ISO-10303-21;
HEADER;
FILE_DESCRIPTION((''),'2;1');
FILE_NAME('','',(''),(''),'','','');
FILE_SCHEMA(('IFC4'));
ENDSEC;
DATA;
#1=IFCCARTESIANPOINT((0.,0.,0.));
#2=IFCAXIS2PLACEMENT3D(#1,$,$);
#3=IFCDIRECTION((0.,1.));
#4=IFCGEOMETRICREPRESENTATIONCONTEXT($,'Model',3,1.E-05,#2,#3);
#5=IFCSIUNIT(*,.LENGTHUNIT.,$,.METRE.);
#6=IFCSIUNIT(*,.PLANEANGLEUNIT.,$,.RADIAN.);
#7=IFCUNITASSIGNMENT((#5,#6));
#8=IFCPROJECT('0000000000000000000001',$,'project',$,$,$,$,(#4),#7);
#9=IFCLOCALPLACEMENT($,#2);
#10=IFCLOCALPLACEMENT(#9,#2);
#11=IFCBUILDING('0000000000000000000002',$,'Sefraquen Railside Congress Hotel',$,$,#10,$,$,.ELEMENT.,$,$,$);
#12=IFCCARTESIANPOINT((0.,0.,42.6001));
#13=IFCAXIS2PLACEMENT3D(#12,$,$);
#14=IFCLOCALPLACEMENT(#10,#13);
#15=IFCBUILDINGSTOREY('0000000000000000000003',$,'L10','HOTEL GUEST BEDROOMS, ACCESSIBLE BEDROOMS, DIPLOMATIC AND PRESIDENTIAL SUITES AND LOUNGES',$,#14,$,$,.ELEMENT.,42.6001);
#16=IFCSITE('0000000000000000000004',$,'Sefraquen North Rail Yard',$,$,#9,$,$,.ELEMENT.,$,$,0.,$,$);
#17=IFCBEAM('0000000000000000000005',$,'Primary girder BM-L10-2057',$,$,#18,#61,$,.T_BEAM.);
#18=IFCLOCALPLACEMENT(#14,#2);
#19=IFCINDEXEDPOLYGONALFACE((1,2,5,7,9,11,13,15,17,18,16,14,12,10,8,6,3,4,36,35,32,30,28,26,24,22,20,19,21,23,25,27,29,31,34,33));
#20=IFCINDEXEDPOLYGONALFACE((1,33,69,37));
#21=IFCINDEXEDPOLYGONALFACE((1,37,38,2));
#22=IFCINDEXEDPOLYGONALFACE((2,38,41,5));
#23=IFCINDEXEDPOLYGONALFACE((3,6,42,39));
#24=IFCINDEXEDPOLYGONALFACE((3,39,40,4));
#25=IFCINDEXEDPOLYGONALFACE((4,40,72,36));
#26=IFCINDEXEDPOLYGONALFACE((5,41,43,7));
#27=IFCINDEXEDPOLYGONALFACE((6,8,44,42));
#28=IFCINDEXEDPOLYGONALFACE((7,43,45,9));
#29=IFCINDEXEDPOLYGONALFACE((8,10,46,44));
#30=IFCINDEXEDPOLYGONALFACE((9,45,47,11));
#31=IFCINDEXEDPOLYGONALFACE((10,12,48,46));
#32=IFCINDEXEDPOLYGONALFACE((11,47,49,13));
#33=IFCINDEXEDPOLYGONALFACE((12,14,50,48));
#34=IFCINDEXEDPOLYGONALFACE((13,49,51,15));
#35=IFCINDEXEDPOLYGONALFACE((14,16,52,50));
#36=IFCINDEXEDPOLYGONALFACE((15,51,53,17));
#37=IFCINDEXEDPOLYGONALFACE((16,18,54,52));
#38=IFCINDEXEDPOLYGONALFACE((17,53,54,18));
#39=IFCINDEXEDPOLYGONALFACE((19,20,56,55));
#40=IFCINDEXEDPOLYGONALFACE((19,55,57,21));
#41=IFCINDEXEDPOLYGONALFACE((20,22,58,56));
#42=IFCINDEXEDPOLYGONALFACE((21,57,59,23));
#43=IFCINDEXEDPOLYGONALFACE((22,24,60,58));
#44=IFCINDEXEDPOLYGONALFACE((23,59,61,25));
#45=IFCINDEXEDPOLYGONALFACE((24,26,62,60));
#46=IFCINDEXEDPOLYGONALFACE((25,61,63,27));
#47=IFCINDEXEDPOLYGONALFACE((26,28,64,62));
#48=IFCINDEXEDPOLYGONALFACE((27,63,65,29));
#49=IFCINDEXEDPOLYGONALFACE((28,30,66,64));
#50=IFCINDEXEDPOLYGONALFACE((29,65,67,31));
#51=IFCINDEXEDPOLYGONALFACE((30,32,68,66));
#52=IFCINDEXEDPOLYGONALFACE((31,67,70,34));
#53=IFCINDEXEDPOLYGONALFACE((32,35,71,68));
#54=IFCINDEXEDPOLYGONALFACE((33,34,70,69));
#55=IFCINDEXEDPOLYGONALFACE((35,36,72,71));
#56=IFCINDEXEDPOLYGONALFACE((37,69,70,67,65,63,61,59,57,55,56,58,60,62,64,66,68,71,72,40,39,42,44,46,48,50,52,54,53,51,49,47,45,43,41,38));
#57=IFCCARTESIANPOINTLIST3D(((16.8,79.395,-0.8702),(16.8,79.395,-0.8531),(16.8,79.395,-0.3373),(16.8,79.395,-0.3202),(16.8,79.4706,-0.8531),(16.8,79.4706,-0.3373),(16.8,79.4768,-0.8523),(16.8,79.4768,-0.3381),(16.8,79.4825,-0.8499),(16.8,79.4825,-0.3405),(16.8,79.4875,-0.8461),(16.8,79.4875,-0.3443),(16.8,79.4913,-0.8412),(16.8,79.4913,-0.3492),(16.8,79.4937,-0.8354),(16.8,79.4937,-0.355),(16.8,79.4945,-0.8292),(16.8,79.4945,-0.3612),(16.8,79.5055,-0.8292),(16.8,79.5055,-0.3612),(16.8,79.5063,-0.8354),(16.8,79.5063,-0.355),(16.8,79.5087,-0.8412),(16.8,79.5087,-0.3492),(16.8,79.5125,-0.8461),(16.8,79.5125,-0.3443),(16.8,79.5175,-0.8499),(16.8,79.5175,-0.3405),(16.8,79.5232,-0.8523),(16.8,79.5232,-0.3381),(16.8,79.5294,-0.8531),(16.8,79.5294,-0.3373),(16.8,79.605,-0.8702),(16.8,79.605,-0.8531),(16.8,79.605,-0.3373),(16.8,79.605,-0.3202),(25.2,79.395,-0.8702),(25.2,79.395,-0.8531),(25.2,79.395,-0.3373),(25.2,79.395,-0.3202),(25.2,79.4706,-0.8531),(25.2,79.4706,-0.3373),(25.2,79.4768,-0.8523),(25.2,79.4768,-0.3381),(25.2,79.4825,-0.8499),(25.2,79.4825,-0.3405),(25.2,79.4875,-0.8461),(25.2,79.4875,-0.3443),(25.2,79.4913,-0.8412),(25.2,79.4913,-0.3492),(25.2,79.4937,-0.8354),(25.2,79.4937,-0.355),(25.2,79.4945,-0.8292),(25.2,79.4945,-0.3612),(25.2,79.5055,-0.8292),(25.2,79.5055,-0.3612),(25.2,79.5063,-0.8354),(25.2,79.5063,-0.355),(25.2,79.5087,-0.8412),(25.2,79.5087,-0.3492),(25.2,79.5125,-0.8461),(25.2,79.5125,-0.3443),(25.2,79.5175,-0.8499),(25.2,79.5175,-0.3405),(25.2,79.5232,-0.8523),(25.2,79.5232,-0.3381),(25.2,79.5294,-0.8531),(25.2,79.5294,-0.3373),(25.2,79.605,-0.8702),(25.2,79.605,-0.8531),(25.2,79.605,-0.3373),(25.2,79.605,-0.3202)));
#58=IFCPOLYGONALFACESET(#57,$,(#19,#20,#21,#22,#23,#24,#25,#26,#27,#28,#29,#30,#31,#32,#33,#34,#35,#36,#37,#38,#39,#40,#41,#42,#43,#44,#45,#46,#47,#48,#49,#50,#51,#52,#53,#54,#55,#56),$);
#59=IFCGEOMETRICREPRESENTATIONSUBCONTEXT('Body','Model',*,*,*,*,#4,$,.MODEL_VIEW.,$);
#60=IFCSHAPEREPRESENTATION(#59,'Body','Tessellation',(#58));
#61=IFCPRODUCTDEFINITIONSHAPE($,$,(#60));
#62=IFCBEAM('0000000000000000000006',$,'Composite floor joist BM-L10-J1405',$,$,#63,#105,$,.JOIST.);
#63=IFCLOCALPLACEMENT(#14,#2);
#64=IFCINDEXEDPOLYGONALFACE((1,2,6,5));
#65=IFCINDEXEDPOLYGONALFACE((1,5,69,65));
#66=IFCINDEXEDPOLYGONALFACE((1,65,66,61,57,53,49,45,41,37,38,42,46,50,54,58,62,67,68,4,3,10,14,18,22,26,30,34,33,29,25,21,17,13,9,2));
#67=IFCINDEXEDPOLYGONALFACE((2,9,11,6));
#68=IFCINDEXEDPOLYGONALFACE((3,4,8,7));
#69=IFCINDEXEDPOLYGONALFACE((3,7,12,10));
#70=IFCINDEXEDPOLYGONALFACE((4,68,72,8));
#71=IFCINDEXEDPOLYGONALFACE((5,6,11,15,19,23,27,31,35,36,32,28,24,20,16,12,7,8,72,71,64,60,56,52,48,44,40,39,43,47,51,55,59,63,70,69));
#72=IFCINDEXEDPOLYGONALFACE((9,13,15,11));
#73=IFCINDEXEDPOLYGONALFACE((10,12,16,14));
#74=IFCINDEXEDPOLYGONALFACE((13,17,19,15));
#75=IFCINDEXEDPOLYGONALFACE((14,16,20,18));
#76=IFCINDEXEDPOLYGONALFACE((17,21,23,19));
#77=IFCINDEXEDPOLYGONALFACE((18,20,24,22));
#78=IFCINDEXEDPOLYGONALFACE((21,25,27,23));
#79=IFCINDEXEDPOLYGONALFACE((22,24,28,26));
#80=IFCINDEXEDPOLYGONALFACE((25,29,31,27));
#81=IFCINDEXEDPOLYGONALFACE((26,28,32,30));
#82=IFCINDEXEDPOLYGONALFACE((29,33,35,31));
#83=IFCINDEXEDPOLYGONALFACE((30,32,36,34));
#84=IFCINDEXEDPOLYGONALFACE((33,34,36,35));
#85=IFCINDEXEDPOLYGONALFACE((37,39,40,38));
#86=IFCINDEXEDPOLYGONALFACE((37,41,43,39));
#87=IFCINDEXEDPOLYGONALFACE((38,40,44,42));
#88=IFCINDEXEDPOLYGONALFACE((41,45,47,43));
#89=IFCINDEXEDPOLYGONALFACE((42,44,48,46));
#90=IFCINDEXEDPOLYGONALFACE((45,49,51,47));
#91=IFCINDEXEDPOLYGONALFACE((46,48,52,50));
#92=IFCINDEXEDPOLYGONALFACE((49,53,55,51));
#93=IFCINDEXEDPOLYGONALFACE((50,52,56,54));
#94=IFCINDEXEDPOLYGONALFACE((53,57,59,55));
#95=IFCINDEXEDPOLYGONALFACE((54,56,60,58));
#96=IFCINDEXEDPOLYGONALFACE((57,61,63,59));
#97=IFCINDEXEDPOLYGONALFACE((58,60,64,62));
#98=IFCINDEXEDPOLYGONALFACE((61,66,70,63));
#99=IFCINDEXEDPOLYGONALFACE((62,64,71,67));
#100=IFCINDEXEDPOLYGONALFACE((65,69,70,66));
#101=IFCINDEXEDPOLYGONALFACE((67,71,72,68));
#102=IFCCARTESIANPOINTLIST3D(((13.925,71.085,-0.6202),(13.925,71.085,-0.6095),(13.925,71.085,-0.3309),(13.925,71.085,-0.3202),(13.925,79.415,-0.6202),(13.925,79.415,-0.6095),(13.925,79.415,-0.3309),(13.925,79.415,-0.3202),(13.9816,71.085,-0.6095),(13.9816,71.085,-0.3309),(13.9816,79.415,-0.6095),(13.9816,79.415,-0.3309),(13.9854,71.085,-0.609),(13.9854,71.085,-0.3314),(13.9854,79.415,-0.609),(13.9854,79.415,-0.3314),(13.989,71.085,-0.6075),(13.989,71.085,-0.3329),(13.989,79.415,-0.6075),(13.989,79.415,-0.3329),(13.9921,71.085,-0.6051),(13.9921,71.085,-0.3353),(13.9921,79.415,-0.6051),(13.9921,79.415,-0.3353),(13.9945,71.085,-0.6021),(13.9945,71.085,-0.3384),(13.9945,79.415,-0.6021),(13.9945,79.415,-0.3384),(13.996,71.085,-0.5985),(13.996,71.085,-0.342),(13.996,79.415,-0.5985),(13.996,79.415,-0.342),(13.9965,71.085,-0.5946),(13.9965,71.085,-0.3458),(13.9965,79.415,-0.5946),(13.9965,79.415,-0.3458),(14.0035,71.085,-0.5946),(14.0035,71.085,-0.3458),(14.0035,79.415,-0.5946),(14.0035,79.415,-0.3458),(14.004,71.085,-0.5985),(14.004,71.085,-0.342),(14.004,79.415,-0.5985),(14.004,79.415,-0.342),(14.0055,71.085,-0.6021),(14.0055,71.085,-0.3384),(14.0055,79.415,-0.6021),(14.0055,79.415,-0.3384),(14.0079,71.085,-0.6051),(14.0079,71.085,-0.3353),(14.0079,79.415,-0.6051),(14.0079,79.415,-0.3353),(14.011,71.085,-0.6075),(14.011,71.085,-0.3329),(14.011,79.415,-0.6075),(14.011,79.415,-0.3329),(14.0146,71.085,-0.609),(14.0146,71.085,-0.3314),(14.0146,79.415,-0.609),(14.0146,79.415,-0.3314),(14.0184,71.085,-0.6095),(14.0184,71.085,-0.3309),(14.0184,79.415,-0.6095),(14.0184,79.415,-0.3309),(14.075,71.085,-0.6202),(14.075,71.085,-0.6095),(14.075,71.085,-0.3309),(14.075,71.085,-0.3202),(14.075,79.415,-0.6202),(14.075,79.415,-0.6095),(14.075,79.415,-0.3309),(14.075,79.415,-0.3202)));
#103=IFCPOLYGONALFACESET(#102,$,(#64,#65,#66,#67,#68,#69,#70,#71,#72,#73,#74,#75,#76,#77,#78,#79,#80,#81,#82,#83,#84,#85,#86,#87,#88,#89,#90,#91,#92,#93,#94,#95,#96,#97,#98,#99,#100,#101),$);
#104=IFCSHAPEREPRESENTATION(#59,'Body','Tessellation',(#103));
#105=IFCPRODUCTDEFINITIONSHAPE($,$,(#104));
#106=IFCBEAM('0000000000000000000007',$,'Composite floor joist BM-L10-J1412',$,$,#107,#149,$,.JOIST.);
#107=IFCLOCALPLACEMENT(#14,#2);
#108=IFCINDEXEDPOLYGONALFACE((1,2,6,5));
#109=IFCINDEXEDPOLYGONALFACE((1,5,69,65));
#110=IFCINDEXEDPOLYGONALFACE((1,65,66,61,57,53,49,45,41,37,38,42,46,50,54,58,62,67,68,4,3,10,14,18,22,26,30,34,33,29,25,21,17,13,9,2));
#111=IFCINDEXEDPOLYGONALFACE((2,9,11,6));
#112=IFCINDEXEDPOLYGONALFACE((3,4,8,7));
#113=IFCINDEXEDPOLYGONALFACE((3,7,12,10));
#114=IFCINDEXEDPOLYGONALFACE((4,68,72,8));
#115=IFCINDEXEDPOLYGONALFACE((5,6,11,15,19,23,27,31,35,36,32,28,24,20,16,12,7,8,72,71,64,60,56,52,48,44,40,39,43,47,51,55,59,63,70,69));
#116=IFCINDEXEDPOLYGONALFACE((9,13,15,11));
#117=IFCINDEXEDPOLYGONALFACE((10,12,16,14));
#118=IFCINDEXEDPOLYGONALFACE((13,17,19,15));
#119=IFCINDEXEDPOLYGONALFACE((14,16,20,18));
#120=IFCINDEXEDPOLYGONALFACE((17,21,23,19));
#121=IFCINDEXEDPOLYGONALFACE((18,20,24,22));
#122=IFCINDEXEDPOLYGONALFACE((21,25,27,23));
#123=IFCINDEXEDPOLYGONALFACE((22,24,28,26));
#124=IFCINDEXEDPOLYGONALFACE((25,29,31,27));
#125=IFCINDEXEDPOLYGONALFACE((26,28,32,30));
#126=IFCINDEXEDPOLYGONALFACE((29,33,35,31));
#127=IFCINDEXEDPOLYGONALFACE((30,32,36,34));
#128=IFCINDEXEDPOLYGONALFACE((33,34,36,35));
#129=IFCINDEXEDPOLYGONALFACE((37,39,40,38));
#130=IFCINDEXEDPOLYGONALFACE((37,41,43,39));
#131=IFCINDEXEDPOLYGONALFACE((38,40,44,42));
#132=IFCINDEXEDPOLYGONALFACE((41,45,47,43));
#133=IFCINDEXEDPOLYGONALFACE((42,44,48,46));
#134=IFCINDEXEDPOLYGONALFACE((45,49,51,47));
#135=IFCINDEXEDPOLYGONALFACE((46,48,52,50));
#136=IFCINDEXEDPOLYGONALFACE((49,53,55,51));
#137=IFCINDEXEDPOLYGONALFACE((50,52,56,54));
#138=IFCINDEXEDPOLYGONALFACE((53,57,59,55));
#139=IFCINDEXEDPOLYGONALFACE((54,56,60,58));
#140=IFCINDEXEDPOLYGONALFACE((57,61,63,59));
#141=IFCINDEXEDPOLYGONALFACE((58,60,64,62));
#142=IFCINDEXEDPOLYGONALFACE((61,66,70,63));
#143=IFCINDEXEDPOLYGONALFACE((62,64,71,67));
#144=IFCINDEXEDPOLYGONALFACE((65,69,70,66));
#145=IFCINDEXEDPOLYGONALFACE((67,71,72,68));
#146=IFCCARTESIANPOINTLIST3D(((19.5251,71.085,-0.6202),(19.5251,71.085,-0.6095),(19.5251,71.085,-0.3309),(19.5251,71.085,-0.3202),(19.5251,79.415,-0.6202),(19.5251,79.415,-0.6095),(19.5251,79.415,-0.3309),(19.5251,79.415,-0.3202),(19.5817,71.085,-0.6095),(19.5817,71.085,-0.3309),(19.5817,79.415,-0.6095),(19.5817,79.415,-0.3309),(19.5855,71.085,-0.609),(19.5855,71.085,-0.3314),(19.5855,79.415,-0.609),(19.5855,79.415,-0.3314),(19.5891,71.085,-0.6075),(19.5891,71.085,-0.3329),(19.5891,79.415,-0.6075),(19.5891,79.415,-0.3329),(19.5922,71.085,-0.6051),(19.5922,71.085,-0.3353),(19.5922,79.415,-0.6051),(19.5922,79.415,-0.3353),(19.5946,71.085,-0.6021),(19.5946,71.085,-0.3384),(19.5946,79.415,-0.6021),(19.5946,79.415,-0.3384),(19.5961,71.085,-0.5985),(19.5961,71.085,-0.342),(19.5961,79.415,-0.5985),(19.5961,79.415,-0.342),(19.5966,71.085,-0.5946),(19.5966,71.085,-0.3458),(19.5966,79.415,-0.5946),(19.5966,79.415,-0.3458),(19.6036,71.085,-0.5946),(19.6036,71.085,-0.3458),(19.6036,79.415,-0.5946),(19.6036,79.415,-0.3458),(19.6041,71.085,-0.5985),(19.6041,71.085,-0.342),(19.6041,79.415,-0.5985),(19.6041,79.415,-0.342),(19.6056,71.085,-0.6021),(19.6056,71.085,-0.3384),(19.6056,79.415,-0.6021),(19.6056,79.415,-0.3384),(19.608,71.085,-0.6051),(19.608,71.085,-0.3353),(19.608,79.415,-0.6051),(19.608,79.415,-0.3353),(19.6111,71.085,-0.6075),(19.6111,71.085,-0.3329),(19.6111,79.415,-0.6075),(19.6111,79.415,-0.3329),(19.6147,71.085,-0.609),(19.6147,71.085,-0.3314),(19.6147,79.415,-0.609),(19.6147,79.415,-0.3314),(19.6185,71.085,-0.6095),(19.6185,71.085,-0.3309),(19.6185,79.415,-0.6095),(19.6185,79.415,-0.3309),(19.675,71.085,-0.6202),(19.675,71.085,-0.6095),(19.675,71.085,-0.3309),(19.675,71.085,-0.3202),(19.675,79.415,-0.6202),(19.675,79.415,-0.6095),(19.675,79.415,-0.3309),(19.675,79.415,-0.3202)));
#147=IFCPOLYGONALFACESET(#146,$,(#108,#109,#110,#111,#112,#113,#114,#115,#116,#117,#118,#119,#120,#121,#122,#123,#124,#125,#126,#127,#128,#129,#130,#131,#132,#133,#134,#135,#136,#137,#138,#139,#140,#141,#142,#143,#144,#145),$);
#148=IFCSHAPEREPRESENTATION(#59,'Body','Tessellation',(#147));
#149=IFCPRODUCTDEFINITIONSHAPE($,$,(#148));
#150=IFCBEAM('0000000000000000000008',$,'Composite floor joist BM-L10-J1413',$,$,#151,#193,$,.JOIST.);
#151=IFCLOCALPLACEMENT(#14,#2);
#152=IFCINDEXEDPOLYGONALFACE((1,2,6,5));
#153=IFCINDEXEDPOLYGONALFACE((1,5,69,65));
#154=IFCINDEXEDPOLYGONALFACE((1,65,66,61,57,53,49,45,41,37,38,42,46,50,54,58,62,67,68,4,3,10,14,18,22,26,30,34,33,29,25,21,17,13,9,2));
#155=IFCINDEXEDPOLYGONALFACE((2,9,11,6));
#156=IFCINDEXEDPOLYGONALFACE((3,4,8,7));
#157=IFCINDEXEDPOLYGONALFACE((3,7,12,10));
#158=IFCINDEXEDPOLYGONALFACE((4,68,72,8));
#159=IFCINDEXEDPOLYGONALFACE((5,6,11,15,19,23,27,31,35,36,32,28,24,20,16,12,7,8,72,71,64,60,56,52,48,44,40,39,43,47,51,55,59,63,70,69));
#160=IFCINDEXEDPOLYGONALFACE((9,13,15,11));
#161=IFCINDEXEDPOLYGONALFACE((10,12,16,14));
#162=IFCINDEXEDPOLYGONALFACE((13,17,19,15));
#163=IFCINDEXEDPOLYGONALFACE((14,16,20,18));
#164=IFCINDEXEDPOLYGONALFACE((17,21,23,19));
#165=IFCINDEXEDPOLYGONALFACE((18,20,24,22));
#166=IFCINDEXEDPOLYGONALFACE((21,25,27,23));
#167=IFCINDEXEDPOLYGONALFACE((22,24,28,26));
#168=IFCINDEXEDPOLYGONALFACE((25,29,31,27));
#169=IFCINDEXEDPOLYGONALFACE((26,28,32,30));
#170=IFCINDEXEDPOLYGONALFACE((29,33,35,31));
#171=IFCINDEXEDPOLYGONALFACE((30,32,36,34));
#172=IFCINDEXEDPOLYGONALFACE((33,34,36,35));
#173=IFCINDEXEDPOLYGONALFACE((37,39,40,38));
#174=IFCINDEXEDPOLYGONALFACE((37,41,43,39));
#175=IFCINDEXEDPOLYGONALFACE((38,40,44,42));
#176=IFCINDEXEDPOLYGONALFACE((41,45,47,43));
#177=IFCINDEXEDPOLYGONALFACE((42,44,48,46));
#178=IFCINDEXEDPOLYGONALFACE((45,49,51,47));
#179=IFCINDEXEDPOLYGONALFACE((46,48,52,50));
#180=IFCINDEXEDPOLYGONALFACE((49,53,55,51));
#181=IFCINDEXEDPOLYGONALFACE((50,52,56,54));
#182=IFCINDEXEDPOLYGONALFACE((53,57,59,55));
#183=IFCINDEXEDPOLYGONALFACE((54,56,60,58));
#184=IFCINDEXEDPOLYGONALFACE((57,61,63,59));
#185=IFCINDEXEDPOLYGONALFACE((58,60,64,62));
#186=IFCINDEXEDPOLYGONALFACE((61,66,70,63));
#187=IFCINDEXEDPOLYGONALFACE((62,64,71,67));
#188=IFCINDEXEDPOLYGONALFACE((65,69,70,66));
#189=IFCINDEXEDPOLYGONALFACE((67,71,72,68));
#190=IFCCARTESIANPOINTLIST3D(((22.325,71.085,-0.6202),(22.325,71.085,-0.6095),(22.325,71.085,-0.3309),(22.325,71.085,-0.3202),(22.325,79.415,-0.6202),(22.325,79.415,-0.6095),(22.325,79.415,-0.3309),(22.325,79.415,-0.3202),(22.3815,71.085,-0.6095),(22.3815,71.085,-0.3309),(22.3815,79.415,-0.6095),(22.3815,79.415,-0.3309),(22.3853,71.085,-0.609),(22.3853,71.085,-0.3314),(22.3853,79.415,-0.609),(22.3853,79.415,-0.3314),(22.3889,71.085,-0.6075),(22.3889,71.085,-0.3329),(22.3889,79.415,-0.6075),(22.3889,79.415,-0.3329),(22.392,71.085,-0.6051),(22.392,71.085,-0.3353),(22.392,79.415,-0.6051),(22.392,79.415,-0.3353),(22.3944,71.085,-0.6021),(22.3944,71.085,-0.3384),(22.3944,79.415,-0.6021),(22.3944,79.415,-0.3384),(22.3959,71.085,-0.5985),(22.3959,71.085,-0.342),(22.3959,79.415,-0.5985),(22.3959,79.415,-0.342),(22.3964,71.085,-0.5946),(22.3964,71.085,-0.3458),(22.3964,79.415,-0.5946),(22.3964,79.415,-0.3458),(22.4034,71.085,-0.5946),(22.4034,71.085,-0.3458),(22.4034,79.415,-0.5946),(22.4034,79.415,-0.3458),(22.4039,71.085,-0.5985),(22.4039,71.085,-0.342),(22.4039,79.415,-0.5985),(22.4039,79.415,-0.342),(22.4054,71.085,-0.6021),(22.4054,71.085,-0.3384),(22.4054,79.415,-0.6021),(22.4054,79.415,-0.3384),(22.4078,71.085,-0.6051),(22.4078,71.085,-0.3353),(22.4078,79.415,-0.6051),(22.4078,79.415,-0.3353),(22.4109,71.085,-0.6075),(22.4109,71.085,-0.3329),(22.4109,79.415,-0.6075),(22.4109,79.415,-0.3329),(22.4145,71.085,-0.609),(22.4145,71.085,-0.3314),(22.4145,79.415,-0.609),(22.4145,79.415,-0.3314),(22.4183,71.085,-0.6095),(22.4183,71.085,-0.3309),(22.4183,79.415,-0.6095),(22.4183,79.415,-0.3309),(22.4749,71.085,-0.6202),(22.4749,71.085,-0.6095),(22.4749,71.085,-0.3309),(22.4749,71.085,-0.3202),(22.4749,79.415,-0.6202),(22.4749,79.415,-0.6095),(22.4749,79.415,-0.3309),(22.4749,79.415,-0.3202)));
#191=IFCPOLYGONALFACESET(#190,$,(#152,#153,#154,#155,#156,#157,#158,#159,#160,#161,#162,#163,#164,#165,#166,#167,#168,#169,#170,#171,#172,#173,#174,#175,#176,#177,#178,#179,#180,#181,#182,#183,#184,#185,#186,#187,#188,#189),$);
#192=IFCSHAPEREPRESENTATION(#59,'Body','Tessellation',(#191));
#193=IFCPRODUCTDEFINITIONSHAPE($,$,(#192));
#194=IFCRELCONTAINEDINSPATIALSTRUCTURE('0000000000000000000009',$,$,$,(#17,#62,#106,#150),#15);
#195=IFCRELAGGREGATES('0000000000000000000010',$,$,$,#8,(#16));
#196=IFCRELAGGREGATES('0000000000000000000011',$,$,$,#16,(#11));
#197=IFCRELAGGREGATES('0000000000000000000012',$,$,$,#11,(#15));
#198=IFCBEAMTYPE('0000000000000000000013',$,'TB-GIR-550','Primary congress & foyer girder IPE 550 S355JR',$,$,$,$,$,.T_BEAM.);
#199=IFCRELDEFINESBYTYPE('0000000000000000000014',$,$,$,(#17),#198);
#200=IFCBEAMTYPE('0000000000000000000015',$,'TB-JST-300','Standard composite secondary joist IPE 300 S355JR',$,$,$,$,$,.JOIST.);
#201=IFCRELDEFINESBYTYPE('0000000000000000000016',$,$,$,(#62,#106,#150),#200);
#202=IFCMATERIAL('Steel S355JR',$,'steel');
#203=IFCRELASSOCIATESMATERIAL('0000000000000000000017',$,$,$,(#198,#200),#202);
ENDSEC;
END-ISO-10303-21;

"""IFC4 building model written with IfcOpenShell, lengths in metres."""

from ifc_helpers import new_model, si_unit, direction, frame, origin, origin_2d, place, context, subcontext, project, spatial, i_section, extrude, material, material_profile, profile_set, type_object, element, save


model = new_model("IFC4")

# Units and contexts
model_context = context("Model", 3, precision=1e-05, world=origin(), true_north=direction((0.0, 1.0)))
body_context = subcontext(model_context, "Body", "Model", "MODEL_VIEW")
ifc_project = project(units=[si_unit("LENGTHUNIT", "METRE"), si_unit("PLANEANGLEUNIT", "RADIAN")], contexts=[model_context])

# Site, building, storey
site_placement = place(None, origin())
site = spatial("IfcSite", under=ifc_project, at=site_placement, Name="Sefraquen North Rail Yard", CompositionType="ELEMENT", RefElevation=0.0)
building_placement = place(site_placement, origin())
building = spatial("IfcBuilding", under=site, at=building_placement, Name="Sefraquen Railside Congress Hotel", CompositionType="ELEMENT")
storey_placement = place(building_placement, frame((0.0, 0.0, 42.6001)))
storey = spatial("IfcBuildingStorey", under=building, at=storey_placement, Name="L10", Description="HOTEL GUEST BEDROOMS, ACCESSIBLE BEDROOMS, DIPLOMATIC AND PRESIDENTIAL SUITES AND LOUNGES", CompositionType="ELEMENT", Elevation=42.6001)

# Shared definitions
ifc_material_1 = material(Name="Steel S355JR", Category="steel")

# Beams
ifc_material_profile_1 = material_profile(ifc_material_1, i_section(OverallWidth=0.21, OverallDepth=0.55, WebThickness=0.011, FlangeThickness=0.0171, FilletRadius=0.0239, at=origin_2d()), Name="IPE 550")
ifc_profile_set_1 = profile_set([ifc_material_profile_1], Name="Steel S355JR")
beam_type_1 = type_object("IfcBeamType", Name="TB-GIR-550", Description="Primary congress & foyer girder IPE 550 S355JR", PredefinedType="T_BEAM", material=ifc_profile_set_1)
beam_placement = place(storey_placement, frame((16.8, 79.5, -0.5952), z_axis=(1.0, 0.0, 0.0), x_axis=(0.0, 1.0, 0.0)))
element("IfcBeam", 1, at=beam_placement, inside=storey, type_object=beam_type_1, Name="Primary girder BM-L10-2057", PredefinedType="T_BEAM", context=body_context, shape_type="SweptSolid", body=[
    extrude(i_section(OverallWidth=0.21, OverallDepth=0.55, WebThickness=0.011, FlangeThickness=0.0171, FilletRadius=0.0239, at=origin_2d()), origin(), (0.0, 0.0, 1.0), 8.3999),
])
ifc_material_profile_2 = material_profile(ifc_material_1, i_section(OverallWidth=0.1499, OverallDepth=0.3, WebThickness=0.0071, FlangeThickness=0.0107, FilletRadius=0.0149, at=origin_2d()), Name="IPE 300")
ifc_profile_set_2 = profile_set([ifc_material_profile_2], Name="Steel S355JR")
beam_type_2 = type_object("IfcBeamType", Name="TB-JST-300", Description="Standard composite secondary joist IPE 300 S355JR", PredefinedType="JOIST", material=ifc_profile_set_2)
for number, where, z_axis, x_axis, name in (
    (2, (14.0, 71.085, -0.4702), (0.0, 1.0, 0.0), (-1.0, 0.0, 0.0), "Composite floor joist BM-L10-J1405"),
    (3, (19.6001, 71.085, -0.4702), (0.0, 1.0, 0.0), (-1.0, 0.0, 0.0), "Composite floor joist BM-L10-J1412"),
    (4, (22.3999, 71.085, -0.4702), (0.0, 1.0, 0.0), (-1.0, 0.0, 0.0), "Composite floor joist BM-L10-J1413"),
):
    element("IfcBeam", number, at=place(storey_placement, frame(where, z_axis=z_axis, x_axis=x_axis)), inside=storey, type_object=beam_type_2, Name=name, PredefinedType="JOIST", context=body_context, shape_type="SweptSolid", body=[
        extrude(i_section(OverallWidth=0.1499, OverallDepth=0.3, WebThickness=0.0071, FlangeThickness=0.0107, FilletRadius=0.0149, at=origin_2d()), origin(), (0.0, 0.0, 1.0), 8.3301),
    ])

save(model, "model.ifc")
